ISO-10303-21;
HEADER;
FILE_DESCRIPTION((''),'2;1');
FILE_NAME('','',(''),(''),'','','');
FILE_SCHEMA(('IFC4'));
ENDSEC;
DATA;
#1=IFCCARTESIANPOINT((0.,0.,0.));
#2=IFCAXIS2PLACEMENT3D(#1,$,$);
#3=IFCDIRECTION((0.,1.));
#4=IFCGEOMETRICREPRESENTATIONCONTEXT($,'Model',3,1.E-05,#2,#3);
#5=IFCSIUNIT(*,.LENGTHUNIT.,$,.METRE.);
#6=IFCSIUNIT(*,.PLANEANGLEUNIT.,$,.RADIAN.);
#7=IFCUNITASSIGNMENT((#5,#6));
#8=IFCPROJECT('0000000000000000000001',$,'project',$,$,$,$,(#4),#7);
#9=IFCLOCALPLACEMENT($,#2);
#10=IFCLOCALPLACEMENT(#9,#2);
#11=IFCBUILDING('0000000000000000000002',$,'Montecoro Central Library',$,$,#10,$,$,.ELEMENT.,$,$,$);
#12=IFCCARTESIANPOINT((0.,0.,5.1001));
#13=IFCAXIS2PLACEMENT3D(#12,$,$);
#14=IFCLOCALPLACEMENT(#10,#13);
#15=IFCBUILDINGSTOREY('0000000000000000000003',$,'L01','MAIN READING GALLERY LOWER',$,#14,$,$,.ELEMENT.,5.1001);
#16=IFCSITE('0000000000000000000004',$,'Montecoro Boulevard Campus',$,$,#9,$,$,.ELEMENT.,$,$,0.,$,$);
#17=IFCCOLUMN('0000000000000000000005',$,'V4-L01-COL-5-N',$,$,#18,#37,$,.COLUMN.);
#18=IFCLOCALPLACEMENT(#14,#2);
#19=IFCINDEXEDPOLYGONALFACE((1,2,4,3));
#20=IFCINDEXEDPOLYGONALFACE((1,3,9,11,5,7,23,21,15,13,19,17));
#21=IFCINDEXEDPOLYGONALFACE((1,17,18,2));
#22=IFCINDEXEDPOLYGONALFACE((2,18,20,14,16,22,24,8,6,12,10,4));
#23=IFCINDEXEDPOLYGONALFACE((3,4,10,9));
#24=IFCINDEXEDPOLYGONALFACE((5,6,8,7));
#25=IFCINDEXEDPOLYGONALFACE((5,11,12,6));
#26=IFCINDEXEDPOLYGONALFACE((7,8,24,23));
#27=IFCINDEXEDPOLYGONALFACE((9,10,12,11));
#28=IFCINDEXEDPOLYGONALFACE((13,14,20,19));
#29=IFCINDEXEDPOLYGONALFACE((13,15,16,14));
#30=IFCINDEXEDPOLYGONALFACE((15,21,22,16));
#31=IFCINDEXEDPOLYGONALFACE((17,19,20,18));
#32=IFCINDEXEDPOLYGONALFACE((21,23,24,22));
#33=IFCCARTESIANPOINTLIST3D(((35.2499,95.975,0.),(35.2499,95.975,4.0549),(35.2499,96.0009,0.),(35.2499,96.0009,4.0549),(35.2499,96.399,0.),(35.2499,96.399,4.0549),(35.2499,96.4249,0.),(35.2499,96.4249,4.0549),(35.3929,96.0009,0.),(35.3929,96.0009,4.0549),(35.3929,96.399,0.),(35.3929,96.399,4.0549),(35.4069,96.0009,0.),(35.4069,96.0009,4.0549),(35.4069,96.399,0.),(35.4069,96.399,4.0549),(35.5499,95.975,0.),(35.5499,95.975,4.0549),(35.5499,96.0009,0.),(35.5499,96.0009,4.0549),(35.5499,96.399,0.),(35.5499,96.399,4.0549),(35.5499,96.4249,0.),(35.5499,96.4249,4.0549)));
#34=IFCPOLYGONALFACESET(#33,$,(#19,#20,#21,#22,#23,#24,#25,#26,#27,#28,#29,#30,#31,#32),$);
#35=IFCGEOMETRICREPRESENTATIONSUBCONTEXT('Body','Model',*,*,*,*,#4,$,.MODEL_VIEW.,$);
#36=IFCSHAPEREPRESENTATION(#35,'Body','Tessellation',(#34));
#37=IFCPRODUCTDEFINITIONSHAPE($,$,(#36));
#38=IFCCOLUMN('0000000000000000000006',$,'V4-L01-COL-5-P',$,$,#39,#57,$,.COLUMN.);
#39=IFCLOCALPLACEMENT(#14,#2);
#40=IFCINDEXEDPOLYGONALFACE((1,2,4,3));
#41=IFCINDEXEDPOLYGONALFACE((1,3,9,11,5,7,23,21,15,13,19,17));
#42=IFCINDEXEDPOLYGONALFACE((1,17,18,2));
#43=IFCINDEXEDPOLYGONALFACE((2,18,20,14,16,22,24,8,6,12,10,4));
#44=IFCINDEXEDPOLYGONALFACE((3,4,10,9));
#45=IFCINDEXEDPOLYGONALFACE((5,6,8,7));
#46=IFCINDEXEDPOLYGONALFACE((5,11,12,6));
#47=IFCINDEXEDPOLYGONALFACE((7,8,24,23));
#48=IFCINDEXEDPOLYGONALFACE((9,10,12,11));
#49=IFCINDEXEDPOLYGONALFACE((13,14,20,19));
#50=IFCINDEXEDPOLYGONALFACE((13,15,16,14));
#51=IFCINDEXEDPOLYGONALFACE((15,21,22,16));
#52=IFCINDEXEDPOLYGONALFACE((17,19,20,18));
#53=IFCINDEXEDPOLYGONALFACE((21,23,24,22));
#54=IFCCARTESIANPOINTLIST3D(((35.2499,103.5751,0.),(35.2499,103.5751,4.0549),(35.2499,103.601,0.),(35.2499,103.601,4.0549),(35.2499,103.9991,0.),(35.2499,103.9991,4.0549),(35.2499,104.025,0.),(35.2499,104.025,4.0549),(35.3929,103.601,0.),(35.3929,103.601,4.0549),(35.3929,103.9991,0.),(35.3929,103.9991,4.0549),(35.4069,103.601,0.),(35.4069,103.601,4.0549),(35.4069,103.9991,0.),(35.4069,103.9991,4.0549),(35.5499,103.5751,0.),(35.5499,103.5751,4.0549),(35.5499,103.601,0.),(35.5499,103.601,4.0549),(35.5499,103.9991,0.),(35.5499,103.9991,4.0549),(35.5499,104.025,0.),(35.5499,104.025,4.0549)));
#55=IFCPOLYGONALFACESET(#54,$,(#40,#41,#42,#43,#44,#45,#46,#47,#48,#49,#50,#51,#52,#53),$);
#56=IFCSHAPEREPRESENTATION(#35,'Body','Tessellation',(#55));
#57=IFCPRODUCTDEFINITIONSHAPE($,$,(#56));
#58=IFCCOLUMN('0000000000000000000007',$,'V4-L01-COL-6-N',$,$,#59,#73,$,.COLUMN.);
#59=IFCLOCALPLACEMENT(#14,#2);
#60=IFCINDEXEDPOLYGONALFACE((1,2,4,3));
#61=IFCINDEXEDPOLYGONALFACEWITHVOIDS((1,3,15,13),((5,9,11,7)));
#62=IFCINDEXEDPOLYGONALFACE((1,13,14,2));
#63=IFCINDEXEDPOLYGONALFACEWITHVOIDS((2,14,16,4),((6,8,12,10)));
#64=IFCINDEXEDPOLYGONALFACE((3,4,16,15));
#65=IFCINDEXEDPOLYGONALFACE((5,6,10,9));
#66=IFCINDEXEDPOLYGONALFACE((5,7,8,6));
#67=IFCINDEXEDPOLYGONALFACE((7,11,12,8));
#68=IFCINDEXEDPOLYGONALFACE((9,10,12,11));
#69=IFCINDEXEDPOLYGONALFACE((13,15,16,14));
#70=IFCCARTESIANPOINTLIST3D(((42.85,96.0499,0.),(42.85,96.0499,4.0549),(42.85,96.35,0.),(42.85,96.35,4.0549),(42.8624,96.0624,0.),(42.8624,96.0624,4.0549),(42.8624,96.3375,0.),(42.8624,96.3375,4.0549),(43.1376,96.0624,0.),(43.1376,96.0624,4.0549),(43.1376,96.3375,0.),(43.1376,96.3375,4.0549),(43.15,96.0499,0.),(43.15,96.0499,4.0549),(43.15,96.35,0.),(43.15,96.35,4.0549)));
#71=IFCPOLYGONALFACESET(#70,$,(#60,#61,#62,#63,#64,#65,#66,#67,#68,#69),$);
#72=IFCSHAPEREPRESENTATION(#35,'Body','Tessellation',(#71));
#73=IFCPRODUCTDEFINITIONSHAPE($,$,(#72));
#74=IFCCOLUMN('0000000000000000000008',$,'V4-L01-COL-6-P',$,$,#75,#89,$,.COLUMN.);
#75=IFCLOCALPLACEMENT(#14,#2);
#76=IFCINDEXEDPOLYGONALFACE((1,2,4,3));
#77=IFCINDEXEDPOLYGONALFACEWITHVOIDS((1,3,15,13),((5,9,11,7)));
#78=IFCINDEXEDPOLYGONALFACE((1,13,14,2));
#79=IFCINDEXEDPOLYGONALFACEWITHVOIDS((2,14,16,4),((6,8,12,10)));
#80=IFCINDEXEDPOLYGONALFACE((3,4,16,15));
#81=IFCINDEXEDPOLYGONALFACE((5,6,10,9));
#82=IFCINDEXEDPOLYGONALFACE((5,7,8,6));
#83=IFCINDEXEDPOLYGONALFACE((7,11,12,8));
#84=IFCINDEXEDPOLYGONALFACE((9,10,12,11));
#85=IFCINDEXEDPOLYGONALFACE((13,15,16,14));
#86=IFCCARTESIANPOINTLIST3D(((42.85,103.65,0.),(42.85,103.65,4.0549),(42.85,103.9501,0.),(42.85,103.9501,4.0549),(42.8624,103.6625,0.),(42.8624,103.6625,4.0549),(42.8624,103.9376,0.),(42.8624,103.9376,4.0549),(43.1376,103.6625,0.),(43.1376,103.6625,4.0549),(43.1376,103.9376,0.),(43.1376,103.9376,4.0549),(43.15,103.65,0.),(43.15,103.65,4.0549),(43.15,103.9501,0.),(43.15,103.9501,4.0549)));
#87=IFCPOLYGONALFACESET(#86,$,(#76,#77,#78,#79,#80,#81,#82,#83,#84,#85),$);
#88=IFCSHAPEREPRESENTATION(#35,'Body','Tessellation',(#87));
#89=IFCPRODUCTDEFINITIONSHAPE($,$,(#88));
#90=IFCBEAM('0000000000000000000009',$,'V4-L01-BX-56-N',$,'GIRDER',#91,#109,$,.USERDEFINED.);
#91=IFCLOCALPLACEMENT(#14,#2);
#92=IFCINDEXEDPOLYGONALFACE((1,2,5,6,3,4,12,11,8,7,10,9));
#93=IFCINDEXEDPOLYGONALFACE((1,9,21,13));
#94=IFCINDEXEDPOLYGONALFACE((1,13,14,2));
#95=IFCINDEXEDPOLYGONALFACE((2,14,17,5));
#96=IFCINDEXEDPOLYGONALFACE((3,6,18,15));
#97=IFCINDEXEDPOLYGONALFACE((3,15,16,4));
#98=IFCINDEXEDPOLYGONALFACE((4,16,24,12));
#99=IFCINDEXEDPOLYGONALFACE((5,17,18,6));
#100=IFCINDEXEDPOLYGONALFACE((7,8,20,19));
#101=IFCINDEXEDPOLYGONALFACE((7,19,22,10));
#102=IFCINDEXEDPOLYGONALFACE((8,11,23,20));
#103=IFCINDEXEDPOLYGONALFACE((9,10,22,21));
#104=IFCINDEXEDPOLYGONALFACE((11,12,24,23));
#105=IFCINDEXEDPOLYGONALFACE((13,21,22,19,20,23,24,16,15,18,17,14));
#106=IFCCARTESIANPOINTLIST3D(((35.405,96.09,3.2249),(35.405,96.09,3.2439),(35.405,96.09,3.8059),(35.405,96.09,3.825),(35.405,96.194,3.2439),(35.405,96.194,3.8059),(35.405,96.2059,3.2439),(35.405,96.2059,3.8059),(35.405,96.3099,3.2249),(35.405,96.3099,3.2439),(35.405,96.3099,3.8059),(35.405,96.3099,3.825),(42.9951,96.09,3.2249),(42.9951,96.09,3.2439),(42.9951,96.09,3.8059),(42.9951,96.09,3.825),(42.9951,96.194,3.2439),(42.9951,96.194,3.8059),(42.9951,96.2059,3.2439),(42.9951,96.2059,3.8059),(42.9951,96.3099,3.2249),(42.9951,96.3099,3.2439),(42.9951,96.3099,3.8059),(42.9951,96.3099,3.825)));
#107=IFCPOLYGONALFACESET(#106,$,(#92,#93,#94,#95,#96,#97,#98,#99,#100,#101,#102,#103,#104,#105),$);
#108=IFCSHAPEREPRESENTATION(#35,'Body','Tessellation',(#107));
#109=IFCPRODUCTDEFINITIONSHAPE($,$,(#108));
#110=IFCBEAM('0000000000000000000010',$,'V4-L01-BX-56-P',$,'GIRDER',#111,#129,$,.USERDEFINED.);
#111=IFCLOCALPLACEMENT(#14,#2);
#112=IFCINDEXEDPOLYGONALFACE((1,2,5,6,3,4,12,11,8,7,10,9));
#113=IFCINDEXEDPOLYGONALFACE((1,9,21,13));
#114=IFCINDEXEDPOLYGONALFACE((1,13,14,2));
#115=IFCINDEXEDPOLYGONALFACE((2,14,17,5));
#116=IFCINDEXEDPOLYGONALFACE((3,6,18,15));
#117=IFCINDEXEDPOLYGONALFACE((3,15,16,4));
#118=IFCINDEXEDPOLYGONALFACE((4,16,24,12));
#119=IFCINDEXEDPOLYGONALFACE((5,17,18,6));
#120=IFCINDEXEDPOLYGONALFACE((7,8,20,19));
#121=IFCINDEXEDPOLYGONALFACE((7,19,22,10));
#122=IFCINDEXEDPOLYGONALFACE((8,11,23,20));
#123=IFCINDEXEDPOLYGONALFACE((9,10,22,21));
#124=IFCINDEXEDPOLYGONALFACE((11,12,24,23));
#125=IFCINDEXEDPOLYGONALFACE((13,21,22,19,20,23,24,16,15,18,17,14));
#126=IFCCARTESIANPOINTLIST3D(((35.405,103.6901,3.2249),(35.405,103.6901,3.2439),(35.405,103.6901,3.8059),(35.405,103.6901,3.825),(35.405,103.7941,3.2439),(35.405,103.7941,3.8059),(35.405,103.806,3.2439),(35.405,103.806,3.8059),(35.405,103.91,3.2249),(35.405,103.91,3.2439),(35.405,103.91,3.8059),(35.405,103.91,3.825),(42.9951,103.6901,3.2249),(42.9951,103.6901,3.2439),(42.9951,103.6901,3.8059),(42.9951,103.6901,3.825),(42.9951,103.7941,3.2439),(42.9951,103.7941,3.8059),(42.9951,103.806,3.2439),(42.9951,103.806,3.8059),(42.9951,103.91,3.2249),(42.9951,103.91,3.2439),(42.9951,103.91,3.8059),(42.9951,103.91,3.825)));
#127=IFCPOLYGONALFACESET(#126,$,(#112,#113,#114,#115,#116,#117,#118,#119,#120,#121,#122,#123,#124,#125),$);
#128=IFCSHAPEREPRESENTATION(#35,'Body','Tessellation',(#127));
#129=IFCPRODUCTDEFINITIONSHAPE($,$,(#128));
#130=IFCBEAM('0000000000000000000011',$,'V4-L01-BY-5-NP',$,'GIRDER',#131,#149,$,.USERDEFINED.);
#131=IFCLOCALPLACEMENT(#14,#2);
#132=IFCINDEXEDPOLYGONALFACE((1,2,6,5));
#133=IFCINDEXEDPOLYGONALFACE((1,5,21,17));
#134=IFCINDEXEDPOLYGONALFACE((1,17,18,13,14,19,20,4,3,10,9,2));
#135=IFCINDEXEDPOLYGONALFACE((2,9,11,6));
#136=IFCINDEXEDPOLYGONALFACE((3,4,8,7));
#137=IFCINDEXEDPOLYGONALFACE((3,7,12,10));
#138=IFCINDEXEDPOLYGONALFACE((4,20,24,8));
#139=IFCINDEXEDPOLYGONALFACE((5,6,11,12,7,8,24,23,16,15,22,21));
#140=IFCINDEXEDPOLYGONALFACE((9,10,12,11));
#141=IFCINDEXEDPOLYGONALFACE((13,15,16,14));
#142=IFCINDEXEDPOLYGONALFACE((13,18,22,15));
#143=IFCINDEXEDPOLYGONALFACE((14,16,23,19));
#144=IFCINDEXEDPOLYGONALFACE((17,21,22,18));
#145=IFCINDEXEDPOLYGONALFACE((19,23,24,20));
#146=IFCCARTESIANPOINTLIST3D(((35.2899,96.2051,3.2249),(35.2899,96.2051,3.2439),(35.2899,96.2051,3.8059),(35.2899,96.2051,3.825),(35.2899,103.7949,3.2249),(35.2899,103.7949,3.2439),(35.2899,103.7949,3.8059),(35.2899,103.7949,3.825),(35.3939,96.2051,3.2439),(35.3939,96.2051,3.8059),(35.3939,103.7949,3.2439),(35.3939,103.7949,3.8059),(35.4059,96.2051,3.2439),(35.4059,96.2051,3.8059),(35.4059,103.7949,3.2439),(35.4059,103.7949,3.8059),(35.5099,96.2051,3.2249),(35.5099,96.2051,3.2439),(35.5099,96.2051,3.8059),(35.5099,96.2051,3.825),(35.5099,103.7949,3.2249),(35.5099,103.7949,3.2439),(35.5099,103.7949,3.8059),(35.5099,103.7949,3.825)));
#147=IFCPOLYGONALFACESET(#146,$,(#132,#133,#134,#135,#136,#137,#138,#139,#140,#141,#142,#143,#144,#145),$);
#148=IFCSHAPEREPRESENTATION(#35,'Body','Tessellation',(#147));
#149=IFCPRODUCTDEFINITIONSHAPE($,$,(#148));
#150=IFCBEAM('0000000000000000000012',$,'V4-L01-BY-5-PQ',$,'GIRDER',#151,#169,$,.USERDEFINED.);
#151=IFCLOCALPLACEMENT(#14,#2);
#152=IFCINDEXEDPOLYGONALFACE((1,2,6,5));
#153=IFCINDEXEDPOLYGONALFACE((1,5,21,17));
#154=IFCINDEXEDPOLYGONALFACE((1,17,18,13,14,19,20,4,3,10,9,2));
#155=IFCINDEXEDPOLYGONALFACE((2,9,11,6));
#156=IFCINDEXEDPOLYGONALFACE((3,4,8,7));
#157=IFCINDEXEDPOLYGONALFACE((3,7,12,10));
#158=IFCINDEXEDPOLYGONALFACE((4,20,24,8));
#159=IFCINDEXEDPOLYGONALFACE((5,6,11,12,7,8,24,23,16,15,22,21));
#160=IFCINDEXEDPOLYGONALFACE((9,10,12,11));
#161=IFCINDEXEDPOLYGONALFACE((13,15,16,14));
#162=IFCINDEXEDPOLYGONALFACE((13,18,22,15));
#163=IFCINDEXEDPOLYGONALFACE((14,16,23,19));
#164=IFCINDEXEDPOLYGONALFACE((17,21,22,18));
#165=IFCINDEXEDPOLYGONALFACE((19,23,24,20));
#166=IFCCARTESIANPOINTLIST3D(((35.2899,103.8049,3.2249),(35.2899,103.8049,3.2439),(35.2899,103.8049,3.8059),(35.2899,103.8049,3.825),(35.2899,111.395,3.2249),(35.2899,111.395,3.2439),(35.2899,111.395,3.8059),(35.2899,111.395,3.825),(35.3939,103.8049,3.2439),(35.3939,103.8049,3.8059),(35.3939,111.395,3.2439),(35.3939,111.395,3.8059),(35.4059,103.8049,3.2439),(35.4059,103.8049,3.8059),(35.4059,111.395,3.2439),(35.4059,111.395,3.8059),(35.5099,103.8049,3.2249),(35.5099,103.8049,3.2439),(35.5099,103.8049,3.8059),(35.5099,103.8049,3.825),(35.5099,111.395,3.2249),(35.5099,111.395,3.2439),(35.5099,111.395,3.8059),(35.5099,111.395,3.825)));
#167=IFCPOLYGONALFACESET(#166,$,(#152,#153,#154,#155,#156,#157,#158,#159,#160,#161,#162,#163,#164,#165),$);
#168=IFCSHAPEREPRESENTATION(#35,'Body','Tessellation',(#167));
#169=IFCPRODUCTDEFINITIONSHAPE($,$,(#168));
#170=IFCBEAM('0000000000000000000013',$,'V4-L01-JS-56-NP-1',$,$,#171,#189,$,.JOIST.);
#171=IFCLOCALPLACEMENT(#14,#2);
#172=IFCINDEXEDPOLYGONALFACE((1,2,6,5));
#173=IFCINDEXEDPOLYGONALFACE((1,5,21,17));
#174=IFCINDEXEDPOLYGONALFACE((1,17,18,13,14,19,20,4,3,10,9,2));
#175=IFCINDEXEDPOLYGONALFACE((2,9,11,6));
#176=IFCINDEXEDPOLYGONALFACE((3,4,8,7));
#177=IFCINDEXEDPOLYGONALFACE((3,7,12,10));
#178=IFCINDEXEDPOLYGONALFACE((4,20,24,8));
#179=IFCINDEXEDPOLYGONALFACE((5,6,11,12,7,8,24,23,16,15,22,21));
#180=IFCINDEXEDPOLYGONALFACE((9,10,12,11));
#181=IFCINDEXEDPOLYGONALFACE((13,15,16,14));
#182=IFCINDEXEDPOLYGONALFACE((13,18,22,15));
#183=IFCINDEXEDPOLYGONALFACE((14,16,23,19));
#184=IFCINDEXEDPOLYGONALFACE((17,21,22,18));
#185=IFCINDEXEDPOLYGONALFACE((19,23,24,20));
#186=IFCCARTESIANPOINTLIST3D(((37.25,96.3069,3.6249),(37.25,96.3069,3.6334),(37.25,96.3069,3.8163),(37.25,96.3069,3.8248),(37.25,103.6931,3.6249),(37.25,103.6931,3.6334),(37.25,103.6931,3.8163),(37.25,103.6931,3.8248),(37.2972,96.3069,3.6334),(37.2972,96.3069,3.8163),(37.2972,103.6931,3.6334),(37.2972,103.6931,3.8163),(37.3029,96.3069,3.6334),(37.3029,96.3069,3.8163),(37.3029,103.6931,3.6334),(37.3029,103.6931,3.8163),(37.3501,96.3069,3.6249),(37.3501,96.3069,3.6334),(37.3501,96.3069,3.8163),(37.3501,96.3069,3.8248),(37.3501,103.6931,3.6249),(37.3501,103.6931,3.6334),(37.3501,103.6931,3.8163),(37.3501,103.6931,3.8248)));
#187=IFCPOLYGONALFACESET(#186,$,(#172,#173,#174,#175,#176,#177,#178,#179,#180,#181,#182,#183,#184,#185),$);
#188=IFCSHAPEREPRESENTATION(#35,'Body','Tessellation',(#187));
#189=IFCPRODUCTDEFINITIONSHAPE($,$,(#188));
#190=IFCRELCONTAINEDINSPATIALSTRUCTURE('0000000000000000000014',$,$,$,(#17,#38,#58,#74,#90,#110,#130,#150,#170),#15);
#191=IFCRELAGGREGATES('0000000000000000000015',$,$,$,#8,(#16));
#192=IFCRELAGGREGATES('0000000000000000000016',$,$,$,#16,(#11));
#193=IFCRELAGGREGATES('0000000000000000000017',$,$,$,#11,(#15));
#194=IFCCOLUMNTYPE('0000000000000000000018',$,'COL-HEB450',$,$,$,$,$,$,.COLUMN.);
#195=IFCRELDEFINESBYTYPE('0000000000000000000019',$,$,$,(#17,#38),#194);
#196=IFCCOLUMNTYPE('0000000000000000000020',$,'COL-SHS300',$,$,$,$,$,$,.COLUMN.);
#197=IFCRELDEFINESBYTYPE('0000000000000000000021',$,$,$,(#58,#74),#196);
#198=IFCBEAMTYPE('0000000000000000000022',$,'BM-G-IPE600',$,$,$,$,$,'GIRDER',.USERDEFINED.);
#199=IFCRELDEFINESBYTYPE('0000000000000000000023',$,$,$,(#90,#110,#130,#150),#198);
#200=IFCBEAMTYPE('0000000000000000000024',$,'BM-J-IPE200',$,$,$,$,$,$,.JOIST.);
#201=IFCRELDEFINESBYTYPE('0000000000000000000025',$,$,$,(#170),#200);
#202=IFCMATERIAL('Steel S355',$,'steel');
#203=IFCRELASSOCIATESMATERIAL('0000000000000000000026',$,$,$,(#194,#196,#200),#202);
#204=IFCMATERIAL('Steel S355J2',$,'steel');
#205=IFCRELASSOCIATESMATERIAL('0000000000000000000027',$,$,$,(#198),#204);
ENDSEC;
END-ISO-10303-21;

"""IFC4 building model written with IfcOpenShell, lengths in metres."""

from ifc_helpers import new_model, si_unit, direction, frame, origin, origin_2d, place, context, subcontext, project, spatial, hollow_rectangle, i_section, extrude, material, material_profile, profile_set, type_object, element, save


model = new_model("IFC4")

# Units and contexts
model_context = context("Model", 3, precision=1e-05, world=origin(), true_north=direction((0.0, 1.0)))
body_context = subcontext(model_context, "Body", "Model", "MODEL_VIEW")
ifc_project = project(units=[si_unit("LENGTHUNIT", "METRE"), si_unit("PLANEANGLEUNIT", "RADIAN")], contexts=[model_context])

# Site, building, storey
site_placement = place(None, origin())
site = spatial("IfcSite", under=ifc_project, at=site_placement, Name="Montecoro Boulevard Campus", CompositionType="ELEMENT", RefElevation=0.0)
building_placement = place(site_placement, origin())
building = spatial("IfcBuilding", under=site, at=building_placement, Name="Montecoro Central Library", CompositionType="ELEMENT")
storey_placement = place(building_placement, frame((0.0, 0.0, 5.1001)))
storey = spatial("IfcBuildingStorey", under=building, at=storey_placement, Name="L01", Description="MAIN READING GALLERY LOWER", CompositionType="ELEMENT", Elevation=5.1001)

# Columns
ifc_material_1 = material(Name="Steel S355", Category="steel")
ifc_material_profile_1 = material_profile(ifc_material_1, i_section(OverallWidth=0.3, OverallDepth=0.45, WebThickness=0.0139, FlangeThickness=0.0259, at=origin_2d()), Name="HEB 450")
ifc_profile_set_1 = profile_set([ifc_material_profile_1], Name="Steel S355")
column_type_1 = type_object("IfcColumnType", Name="COL-HEB450", PredefinedType="COLUMN", material=ifc_profile_set_1)
for number, where, z_axis, x_axis, name in (
    (1, (35.3999, 96.2, 0.0), (0.0, 0.0, 1.0), (1.0, 0.0, 0.0), "V4-L01-COL-5-N"),
    (2, (35.3999, 103.8, 0.0), (0.0, 0.0, 1.0), (1.0, 0.0, 0.0), "V4-L01-COL-5-P"),
):
    element("IfcColumn", number, at=place(storey_placement, frame(where, z_axis=z_axis, x_axis=x_axis)), inside=storey, type_object=column_type_1, Name=name, PredefinedType="COLUMN", context=body_context, shape_type="SweptSolid", body=[
        extrude(i_section(OverallWidth=0.3, OverallDepth=0.45, WebThickness=0.0139, FlangeThickness=0.0259, at=origin_2d()), origin(), (0.0, 0.0, 1.0), 4.0549),
    ])
ifc_material_profile_2 = material_profile(ifc_material_1, hollow_rectangle(XDim=0.3, YDim=0.3, WallThickness=0.0125, at=origin_2d()), Name="SHS 300x300x12.5")
ifc_profile_set_2 = profile_set([ifc_material_profile_2], Name="Steel S355")
column_type_2 = type_object("IfcColumnType", Name="COL-SHS300", PredefinedType="COLUMN", material=ifc_profile_set_2)
for number, where, z_axis, x_axis, name in (
    (3, (43.0, 96.2, 0.0), (0.0, 0.0, 1.0), (1.0, 0.0, 0.0), "V4-L01-COL-6-N"),
    (4, (43.0, 103.8, 0.0), (0.0, 0.0, 1.0), (1.0, 0.0, 0.0), "V4-L01-COL-6-P"),
):
    element("IfcColumn", number, at=place(storey_placement, frame(where, z_axis=z_axis, x_axis=x_axis)), inside=storey, type_object=column_type_2, Name=name, PredefinedType="COLUMN", context=body_context, shape_type="SweptSolid", body=[
        extrude(hollow_rectangle(XDim=0.3, YDim=0.3, WallThickness=0.0125, at=origin_2d()), origin(), (0.0, 0.0, 1.0), 4.0549),
    ])

# Beams
ifc_material_2 = material(Name="Steel S355J2", Category="steel")
ifc_material_profile_3 = material_profile(ifc_material_2, i_section(OverallWidth=0.22, OverallDepth=0.6001, WebThickness=0.012, FlangeThickness=0.019, at=origin_2d()), Name="IPE 600")
ifc_profile_set_3 = profile_set([ifc_material_profile_3], Name="Steel S355J2")
beam_type_1 = type_object("IfcBeamType", Name="BM-G-IPE600", ElementType="GIRDER", PredefinedType="USERDEFINED", material=ifc_profile_set_3)
for number, where, z_axis, x_axis, name in (
    (5, (35.405, 96.2, 3.5249), (1.0, 0.0, 0.0), (0.0, 1.0, 0.0), "V4-L01-BX-56-N"),
    (6, (35.405, 103.8, 3.5249), (1.0, 0.0, 0.0), (0.0, 1.0, 0.0), "V4-L01-BX-56-P"),
):
    element("IfcBeam", number, at=place(storey_placement, frame(where, z_axis=z_axis, x_axis=x_axis)), inside=storey, type_object=beam_type_1, Name=name, ObjectType="GIRDER", PredefinedType="USERDEFINED", context=body_context, shape_type="SweptSolid", body=[
        extrude(i_section(OverallWidth=0.22, OverallDepth=0.6001, WebThickness=0.012, FlangeThickness=0.019, at=origin_2d()), origin(), (0.0, 0.0, 1.0), 7.5901),
    ])
beam_1_placement = place(storey_placement, frame((35.3999, 96.2051, 3.5249), z_axis=(0.0, 1.0, 0.0), x_axis=(-1.0, 0.0, 0.0)))
element("IfcBeam", 7, at=beam_1_placement, inside=storey, type_object=beam_type_1, Name="V4-L01-BY-5-NP", ObjectType="GIRDER", PredefinedType="USERDEFINED", context=body_context, shape_type="SweptSolid", body=[
    extrude(i_section(OverallWidth=0.22, OverallDepth=0.6001, WebThickness=0.012, FlangeThickness=0.019, at=origin_2d()), origin(), (0.0, 0.0, 1.0), 7.5898),
])
beam_2_placement = place(storey_placement, frame((35.3999, 103.8049, 3.5249), z_axis=(0.0, 1.0, 0.0), x_axis=(-1.0, 0.0, 0.0)))
element("IfcBeam", 8, at=beam_2_placement, inside=storey, type_object=beam_type_1, Name="V4-L01-BY-5-PQ", ObjectType="GIRDER", PredefinedType="USERDEFINED", context=body_context, shape_type="SweptSolid", body=[
    extrude(i_section(OverallWidth=0.22, OverallDepth=0.6001, WebThickness=0.012, FlangeThickness=0.019, at=origin_2d()), origin(), (0.0, 0.0, 1.0), 7.5901),
])
ifc_material_profile_4 = material_profile(ifc_material_1, i_section(OverallWidth=0.1001, OverallDepth=0.2, WebThickness=0.0056, FlangeThickness=0.0085, at=origin_2d()), Name="IPE 200")
ifc_profile_set_4 = profile_set([ifc_material_profile_4], Name="Steel S355")
beam_type_2 = type_object("IfcBeamType", Name="BM-J-IPE200", PredefinedType="JOIST", material=ifc_profile_set_4)
for number, where, z_axis, x_axis, name in (
    (9, (37.3, 96.3069, 3.7249), (0.0, 1.0, 0.0), (-1.0, 0.0, 0.0), "V4-L01-JS-56-NP-1"),
):
    element("IfcBeam", number, at=place(storey_placement, frame(where, z_axis=z_axis, x_axis=x_axis)), inside=storey, type_object=beam_type_2, Name=name, PredefinedType="JOIST", context=body_context, shape_type="SweptSolid", body=[
        extrude(i_section(OverallWidth=0.1001, OverallDepth=0.2, WebThickness=0.0056, FlangeThickness=0.0085, at=origin_2d()), origin(), (0.0, 0.0, 1.0), 7.3862),
    ])

save(model, "model.ifc")
